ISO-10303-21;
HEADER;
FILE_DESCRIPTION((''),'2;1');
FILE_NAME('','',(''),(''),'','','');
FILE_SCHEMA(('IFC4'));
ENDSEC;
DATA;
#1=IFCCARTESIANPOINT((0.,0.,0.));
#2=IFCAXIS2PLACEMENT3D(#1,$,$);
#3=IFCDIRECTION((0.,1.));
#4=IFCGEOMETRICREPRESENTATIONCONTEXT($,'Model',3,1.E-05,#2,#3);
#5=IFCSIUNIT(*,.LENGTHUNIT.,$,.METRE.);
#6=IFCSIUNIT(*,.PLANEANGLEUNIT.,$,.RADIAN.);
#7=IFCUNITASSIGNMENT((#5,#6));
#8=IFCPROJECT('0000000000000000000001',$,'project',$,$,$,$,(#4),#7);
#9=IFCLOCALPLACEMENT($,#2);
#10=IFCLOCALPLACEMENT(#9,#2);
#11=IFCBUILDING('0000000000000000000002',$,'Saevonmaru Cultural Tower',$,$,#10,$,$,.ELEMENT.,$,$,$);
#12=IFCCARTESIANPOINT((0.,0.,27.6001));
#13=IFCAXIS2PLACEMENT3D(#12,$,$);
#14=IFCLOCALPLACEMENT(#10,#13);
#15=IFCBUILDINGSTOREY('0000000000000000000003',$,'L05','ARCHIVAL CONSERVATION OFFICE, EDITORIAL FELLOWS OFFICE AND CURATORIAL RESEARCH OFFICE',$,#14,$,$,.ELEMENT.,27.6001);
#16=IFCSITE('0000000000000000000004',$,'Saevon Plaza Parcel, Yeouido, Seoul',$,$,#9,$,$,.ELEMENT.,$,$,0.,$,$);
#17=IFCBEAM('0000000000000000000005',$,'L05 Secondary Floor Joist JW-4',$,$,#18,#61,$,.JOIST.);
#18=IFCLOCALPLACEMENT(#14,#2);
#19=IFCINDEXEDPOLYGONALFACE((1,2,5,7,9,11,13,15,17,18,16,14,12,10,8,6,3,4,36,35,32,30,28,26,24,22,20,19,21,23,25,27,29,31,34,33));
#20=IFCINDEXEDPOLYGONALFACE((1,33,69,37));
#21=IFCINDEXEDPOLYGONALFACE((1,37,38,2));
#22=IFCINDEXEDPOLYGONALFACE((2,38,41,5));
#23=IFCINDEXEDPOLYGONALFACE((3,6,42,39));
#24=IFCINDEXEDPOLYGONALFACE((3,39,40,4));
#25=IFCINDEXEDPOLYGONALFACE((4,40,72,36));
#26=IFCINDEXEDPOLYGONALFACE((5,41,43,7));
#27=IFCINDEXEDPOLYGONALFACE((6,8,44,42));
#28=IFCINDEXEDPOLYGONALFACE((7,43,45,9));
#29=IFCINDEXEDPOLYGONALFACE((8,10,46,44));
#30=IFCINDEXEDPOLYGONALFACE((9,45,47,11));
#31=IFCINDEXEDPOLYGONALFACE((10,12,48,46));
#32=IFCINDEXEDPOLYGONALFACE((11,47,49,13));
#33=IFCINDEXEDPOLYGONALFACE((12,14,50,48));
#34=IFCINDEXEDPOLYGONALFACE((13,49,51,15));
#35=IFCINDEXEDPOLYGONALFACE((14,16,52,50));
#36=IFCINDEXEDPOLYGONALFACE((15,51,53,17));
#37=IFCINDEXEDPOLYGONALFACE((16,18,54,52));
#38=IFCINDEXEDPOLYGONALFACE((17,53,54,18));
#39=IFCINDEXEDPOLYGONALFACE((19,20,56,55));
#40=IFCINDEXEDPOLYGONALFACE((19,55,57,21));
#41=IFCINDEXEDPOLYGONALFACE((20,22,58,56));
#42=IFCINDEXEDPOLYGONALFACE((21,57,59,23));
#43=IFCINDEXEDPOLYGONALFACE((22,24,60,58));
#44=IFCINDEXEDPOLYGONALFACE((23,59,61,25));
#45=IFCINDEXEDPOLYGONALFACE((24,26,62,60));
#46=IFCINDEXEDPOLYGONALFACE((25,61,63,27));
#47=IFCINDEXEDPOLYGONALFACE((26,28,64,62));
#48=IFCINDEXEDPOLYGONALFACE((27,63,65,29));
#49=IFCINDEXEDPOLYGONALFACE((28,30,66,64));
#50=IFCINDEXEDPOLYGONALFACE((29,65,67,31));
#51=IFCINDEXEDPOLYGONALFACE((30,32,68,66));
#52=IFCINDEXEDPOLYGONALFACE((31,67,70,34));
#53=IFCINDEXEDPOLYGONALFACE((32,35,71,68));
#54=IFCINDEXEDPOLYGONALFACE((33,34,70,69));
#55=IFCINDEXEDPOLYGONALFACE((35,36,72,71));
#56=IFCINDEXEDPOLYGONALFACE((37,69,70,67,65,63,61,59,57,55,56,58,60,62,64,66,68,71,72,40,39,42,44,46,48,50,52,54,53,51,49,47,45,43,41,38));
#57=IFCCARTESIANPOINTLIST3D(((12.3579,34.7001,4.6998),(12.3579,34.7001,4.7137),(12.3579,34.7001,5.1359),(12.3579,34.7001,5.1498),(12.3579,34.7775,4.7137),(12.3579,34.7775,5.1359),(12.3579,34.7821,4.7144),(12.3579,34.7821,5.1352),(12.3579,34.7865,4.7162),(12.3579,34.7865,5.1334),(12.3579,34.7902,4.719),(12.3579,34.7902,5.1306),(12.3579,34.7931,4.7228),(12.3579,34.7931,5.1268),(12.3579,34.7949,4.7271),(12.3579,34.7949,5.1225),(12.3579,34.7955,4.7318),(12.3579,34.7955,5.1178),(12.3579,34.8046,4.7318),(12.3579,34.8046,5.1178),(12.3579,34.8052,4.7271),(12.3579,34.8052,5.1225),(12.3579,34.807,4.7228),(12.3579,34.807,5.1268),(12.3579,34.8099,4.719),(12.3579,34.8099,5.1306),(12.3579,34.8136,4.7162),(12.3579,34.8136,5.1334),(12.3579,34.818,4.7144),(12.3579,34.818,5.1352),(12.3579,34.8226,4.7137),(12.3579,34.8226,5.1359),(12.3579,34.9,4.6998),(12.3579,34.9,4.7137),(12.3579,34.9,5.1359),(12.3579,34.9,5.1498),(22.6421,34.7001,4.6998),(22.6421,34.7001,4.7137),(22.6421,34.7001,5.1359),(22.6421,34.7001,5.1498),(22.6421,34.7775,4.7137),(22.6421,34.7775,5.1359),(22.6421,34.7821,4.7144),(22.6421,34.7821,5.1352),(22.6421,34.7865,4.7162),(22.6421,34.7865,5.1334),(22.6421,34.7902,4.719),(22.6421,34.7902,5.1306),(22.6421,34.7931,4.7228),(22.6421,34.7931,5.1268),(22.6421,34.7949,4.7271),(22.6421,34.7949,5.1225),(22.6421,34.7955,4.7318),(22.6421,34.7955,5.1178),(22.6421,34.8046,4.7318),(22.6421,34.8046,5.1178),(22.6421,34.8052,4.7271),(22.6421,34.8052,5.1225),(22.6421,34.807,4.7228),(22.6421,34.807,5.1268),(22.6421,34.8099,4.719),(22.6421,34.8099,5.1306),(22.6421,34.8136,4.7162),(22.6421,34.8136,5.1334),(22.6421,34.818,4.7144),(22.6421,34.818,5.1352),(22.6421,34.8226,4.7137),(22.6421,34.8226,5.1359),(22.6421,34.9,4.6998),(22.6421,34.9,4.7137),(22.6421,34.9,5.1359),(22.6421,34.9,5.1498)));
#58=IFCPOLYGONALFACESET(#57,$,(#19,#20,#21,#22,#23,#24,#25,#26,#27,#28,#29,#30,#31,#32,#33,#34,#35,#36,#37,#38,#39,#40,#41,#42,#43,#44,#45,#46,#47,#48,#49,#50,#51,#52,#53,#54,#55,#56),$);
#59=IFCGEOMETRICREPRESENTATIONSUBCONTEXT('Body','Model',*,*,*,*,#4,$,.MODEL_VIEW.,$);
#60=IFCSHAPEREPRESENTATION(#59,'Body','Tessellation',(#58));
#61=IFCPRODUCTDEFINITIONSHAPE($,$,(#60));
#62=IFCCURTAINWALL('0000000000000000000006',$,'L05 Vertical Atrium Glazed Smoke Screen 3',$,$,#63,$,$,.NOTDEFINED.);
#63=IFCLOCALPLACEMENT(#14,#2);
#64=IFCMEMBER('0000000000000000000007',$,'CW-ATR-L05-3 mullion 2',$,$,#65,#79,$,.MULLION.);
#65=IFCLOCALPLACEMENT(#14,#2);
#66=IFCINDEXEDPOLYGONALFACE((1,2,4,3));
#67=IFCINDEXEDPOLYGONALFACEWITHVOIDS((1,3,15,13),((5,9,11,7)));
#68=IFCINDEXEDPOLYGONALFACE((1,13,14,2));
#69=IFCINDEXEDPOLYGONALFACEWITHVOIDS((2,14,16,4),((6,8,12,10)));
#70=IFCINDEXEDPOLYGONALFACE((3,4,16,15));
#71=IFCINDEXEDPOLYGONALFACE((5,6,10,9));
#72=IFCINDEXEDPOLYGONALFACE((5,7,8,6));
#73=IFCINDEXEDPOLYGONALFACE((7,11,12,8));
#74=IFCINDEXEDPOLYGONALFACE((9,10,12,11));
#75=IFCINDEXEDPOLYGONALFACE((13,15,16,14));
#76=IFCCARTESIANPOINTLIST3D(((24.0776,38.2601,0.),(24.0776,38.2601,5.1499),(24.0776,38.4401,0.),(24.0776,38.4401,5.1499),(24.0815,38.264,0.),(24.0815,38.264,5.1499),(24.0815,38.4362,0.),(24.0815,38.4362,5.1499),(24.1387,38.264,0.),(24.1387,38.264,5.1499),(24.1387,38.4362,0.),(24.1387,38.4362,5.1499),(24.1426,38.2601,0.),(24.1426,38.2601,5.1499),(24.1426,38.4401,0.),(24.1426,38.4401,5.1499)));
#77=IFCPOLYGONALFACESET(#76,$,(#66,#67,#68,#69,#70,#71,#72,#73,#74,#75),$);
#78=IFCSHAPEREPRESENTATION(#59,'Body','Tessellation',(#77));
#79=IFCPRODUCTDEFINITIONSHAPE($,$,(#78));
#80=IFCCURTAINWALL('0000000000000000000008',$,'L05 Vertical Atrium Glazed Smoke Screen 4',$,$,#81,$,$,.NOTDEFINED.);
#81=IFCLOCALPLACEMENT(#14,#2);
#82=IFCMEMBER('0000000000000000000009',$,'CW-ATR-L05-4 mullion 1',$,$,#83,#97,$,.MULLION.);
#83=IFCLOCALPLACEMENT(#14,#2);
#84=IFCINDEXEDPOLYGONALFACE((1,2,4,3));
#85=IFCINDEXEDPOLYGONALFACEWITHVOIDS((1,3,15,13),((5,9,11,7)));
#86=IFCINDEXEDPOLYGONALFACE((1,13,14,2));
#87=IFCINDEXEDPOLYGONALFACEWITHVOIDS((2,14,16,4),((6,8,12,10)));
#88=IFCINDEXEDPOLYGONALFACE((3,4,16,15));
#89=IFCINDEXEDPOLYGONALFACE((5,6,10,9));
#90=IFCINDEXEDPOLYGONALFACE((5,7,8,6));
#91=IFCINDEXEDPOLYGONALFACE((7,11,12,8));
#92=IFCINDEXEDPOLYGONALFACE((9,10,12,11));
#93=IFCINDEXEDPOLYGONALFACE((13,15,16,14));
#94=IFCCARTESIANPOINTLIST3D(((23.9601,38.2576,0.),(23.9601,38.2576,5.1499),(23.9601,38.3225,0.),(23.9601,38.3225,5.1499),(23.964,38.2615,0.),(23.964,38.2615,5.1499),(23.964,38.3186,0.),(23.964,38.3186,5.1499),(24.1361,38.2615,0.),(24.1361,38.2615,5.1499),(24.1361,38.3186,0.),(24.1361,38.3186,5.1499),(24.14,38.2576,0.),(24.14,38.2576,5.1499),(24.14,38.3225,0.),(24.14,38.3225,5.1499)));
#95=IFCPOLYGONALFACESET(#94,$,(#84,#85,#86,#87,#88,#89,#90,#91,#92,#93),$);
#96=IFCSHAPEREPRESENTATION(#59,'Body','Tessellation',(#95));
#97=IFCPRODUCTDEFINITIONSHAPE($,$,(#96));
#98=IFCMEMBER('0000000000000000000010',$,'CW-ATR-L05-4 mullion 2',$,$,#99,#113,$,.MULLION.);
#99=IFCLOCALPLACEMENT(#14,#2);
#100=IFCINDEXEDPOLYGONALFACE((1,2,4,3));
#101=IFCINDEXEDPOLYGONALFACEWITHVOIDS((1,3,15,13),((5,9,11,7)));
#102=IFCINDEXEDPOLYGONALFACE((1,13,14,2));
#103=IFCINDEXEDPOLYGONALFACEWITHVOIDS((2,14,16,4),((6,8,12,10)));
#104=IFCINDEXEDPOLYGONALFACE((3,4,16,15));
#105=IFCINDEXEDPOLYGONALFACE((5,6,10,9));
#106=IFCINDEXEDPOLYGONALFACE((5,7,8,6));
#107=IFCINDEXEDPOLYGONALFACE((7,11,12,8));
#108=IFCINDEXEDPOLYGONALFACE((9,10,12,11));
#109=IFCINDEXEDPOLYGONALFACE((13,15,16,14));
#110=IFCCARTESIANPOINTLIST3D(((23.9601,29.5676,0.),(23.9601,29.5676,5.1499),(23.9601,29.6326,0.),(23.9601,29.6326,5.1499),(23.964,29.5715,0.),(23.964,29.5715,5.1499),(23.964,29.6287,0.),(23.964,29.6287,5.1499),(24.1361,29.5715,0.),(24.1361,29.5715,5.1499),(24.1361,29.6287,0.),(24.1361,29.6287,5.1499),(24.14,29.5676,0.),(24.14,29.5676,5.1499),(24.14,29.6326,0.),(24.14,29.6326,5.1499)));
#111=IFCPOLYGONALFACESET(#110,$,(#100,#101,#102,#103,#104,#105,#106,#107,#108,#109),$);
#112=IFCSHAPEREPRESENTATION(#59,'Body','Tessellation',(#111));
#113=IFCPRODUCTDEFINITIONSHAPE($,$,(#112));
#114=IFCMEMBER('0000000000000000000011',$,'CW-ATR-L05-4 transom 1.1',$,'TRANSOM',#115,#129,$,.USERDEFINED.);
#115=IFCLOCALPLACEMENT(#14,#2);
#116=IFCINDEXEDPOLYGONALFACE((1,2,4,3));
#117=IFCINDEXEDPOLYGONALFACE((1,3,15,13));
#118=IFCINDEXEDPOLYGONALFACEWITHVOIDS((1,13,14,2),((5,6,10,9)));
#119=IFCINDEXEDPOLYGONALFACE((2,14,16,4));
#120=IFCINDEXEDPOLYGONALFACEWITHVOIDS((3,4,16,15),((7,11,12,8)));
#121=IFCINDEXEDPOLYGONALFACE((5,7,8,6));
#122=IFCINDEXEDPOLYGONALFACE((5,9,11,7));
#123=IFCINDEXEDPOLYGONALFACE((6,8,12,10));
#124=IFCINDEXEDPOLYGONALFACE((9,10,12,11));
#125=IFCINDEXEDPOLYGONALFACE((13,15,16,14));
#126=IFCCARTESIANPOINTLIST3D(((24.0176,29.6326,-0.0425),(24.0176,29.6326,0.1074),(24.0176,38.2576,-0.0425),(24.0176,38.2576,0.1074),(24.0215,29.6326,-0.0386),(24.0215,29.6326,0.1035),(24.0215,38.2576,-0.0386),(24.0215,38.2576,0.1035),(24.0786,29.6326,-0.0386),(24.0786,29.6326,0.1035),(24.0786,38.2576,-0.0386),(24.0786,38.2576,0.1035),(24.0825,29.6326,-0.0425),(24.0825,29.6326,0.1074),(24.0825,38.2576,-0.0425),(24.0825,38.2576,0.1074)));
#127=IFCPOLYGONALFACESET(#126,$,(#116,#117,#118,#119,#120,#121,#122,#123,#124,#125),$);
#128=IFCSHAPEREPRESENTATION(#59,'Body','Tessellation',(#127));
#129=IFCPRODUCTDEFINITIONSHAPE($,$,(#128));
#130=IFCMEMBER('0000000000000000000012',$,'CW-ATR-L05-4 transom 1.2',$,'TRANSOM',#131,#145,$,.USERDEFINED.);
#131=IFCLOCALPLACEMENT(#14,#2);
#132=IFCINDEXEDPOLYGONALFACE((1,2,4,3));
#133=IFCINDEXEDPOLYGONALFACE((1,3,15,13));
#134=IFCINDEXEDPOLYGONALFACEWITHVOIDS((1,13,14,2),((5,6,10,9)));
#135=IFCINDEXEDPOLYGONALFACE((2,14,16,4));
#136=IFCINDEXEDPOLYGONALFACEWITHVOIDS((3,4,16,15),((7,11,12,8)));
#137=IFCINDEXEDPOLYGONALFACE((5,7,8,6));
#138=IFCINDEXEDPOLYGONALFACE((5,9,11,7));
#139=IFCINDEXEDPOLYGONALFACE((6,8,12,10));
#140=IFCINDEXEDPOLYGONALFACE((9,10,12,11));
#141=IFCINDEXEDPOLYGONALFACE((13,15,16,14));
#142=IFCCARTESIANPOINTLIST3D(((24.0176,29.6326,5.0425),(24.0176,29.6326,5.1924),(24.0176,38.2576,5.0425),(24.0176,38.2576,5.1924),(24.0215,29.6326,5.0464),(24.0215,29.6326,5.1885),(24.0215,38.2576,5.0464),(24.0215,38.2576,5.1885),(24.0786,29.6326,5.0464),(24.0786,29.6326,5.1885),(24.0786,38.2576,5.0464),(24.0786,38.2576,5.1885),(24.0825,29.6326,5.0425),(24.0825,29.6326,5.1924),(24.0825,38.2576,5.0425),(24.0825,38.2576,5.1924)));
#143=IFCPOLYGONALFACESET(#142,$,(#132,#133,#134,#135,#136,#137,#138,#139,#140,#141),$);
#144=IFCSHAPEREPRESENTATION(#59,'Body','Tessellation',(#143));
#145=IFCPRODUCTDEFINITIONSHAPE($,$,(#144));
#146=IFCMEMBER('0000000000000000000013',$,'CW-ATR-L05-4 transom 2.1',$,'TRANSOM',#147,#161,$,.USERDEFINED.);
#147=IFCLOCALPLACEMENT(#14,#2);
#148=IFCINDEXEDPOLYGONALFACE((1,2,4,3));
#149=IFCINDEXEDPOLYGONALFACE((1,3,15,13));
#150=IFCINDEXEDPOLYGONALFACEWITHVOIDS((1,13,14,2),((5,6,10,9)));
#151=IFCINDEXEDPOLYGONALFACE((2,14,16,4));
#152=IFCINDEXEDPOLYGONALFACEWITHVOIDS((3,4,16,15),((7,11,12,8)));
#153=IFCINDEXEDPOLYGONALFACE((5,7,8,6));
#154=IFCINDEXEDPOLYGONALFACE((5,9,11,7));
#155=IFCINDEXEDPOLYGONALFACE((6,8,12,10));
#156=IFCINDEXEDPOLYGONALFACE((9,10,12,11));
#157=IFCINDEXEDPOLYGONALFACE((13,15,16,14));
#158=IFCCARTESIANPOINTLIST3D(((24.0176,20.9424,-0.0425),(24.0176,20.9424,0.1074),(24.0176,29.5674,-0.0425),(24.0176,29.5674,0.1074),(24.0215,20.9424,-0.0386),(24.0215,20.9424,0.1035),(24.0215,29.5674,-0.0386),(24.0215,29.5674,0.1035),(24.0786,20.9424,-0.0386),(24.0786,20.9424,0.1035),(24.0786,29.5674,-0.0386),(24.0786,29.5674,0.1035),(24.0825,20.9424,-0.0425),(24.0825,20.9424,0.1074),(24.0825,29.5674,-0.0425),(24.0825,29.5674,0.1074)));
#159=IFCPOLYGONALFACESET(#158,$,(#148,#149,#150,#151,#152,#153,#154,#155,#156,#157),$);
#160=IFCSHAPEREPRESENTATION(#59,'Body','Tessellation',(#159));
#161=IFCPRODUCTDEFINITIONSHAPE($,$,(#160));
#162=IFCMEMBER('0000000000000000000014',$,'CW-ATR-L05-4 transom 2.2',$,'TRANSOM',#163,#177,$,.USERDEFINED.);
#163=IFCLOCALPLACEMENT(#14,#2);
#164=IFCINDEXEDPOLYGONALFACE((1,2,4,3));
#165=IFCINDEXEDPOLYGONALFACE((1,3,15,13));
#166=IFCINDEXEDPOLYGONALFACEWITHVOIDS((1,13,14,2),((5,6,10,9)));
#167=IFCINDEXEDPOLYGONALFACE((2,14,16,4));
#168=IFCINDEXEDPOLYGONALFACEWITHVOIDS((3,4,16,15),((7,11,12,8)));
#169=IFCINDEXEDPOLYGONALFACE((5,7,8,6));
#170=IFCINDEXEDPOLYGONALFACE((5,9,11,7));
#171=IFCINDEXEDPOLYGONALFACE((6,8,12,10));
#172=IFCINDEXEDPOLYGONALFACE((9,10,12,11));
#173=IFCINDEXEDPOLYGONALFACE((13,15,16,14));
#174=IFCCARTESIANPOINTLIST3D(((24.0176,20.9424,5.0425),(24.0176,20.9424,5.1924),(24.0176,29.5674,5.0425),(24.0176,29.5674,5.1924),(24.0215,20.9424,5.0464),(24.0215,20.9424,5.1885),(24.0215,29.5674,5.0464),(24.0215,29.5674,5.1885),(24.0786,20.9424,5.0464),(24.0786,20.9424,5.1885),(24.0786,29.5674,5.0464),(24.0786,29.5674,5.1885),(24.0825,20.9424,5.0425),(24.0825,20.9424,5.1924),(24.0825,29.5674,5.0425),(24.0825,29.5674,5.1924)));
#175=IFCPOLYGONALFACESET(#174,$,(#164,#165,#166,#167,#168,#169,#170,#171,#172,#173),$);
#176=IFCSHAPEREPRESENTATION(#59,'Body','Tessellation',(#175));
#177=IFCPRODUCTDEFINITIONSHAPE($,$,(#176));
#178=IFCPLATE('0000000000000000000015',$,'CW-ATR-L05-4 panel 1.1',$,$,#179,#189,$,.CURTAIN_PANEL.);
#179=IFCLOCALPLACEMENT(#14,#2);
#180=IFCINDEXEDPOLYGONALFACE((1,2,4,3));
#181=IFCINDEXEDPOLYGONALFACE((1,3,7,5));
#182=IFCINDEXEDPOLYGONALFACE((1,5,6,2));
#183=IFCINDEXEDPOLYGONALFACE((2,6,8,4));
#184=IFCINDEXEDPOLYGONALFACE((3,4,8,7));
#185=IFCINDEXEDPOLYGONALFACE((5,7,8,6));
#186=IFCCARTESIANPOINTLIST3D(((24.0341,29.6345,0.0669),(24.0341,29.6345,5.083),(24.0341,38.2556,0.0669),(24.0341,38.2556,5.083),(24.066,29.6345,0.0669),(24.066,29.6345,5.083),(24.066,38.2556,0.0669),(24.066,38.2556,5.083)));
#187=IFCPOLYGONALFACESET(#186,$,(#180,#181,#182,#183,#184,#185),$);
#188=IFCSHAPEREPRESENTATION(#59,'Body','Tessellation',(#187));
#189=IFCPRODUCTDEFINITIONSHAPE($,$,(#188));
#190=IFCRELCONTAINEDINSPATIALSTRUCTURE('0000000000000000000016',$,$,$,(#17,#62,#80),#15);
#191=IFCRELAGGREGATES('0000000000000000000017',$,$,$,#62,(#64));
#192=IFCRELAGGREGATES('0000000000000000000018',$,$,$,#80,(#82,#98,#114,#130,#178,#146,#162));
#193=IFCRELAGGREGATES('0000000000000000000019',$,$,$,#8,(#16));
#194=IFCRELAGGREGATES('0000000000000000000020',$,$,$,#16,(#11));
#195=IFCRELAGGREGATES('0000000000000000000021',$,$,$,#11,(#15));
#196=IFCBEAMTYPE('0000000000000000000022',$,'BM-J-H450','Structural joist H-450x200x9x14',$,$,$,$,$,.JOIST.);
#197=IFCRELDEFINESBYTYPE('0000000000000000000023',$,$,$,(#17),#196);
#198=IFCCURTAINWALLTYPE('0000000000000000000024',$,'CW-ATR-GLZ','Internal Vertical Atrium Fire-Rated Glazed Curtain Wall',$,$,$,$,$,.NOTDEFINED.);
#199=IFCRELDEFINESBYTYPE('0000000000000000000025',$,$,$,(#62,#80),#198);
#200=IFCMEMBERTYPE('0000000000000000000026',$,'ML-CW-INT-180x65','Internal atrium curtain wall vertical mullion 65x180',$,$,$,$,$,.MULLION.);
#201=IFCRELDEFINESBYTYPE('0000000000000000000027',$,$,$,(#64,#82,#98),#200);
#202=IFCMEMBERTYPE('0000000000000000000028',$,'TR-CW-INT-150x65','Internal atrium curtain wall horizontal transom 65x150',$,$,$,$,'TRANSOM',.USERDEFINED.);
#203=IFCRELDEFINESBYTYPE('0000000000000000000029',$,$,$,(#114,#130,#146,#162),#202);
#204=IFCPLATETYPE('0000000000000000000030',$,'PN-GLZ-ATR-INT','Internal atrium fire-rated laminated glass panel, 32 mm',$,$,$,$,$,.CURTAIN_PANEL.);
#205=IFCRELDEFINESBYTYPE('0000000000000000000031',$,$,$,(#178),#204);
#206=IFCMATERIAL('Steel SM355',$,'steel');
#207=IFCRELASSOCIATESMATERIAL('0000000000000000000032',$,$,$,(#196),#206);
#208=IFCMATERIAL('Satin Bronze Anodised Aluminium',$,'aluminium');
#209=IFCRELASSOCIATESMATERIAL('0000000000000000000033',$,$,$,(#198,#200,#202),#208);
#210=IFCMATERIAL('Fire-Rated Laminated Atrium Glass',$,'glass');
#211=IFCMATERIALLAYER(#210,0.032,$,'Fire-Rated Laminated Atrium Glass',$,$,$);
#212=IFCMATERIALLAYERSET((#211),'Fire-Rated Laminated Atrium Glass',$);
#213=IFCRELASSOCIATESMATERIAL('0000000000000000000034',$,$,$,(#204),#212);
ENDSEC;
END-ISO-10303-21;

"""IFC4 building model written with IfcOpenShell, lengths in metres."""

from ifc_helpers import new_model, si_unit, direction, frame, origin, origin_2d, place, context, subcontext, project, spatial, rectangle, hollow_rectangle, i_section, extrude, material, layer, layer_set, material_profile, profile_set, type_object, element, aggregate, save


model = new_model("IFC4")

# Units and contexts
model_context = context("Model", 3, precision=1e-05, world=origin(), true_north=direction((0.0, 1.0)))
body_context = subcontext(model_context, "Body", "Model", "MODEL_VIEW")
ifc_project = project(units=[si_unit("LENGTHUNIT", "METRE"), si_unit("PLANEANGLEUNIT", "RADIAN")], contexts=[model_context])

# Site, building, storey
site_placement = place(None, origin())
site = spatial("IfcSite", under=ifc_project, at=site_placement, Name="Saevon Plaza Parcel, Yeouido, Seoul", CompositionType="ELEMENT", RefElevation=0.0)
building_placement = place(site_placement, origin())
building = spatial("IfcBuilding", under=site, at=building_placement, Name="Saevonmaru Cultural Tower", CompositionType="ELEMENT")
storey_placement = place(building_placement, frame((0.0, 0.0, 27.6001)))
storey = spatial("IfcBuildingStorey", under=building, at=storey_placement, Name="L05", Description="ARCHIVAL CONSERVATION OFFICE, EDITORIAL FELLOWS OFFICE AND CURATORIAL RESEARCH OFFICE", CompositionType="ELEMENT", Elevation=27.6001)

# Beam
ifc_material_1 = material(Name="Steel SM355", Category="steel")
ifc_material_profile_1 = material_profile(ifc_material_1, i_section(OverallWidth=0.2, OverallDepth=0.45, WebThickness=0.009, FlangeThickness=0.0139, FilletRadius=0.0181, at=origin_2d()), Name="H-450x200x9x14")
ifc_profile_set_1 = profile_set([ifc_material_profile_1], Name="Steel SM355")
beam_type_1 = type_object("IfcBeamType", Name="BM-J-H450", Description="Structural joist H-450x200x9x14", PredefinedType="JOIST", material=ifc_profile_set_1)
beam_1_placement = place(storey_placement, frame((12.3579, 34.8, 4.9248), z_axis=(1.0, 0.0, 0.0), x_axis=(0.0, 1.0, 0.0)))
element("IfcBeam", 1, at=beam_1_placement, inside=storey, type_object=beam_type_1, Name="L05 Secondary Floor Joist JW-4", PredefinedType="JOIST", context=body_context, shape_type="SweptSolid", body=[
    extrude(i_section(OverallWidth=0.2, OverallDepth=0.45, WebThickness=0.009, FlangeThickness=0.0139, FilletRadius=0.0181, at=origin_2d()), origin(), (0.0, 0.0, 1.0), 10.2842),
])

# Curtain wall, member
ifc_material_2 = material(Name="Satin Bronze Anodised Aluminium", Category="aluminium")
curtain_wall_type = type_object("IfcCurtainWallType", Name="CW-ATR-GLZ", Description="Internal Vertical Atrium Fire-Rated Glazed Curtain Wall", PredefinedType="NOTDEFINED", material=ifc_material_2)
curtain_wall_1_placement = place(storey_placement, origin())
curtain_wall_1 = element("IfcCurtainWall", 2, at=curtain_wall_1_placement, inside=storey, type_object=curtain_wall_type, Name="L05 Vertical Atrium Glazed Smoke Screen 3", PredefinedType="NOTDEFINED")
ifc_material_profile_2 = material_profile(ifc_material_2, hollow_rectangle(XDim=0.0649, YDim=0.1799, WallThickness=0.0039, at=origin_2d()), Name="ALU-MULL-180x65x4")
ifc_profile_set_2 = profile_set([ifc_material_profile_2], Name="Satin Bronze Anodised Aluminium")
member_type_1 = type_object("IfcMemberType", Name="ML-CW-INT-180x65", Description="Internal atrium curtain wall vertical mullion 65x180", PredefinedType="MULLION", material=ifc_profile_set_2)
member_1_placement = place(storey_placement, frame((24.1101, 38.3501, 0.0), z_axis=(0.0, 0.0, 1.0), x_axis=(-1.0, 0.0, 0.0)))
member_1 = element("IfcMember", 3, at=member_1_placement, type_object=member_type_1, Name="CW-ATR-L05-3 mullion 2", PredefinedType="MULLION", context=body_context, shape_type="SweptSolid", body=[
    extrude(hollow_rectangle(XDim=0.0649, YDim=0.1799, WallThickness=0.0039, at=origin_2d()), origin(), (0.0, 0.0, 1.0), 5.1499),
])
aggregate(curtain_wall_1, [member_1])

# Curtain wall, members, plate
curtain_wall_2_placement = place(storey_placement, origin())
curtain_wall_2 = element("IfcCurtainWall", 4, at=curtain_wall_2_placement, inside=storey, type_object=curtain_wall_type, Name="L05 Vertical Atrium Glazed Smoke Screen 4", PredefinedType="NOTDEFINED")
member_2_placement = place(storey_placement, frame((24.05, 38.29, 0.0), z_axis=(0.0, 0.0, 1.0), x_axis=(0.0, -1.0, 0.0)))
member_2 = element("IfcMember", 5, at=member_2_placement, type_object=member_type_1, Name="CW-ATR-L05-4 mullion 1", PredefinedType="MULLION", context=body_context, shape_type="SweptSolid", body=[
    extrude(hollow_rectangle(XDim=0.0649, YDim=0.1799, WallThickness=0.0039, at=origin_2d()), origin(), (0.0, 0.0, 1.0), 5.1499),
])
member_3_placement = place(storey_placement, frame((24.05, 29.6001, 0.0), z_axis=(0.0, 0.0, 1.0), x_axis=(0.0, -1.0, 0.0)))
member_3 = element("IfcMember", 6, at=member_3_placement, type_object=member_type_1, Name="CW-ATR-L05-4 mullion 2", PredefinedType="MULLION", context=body_context, shape_type="SweptSolid", body=[
    extrude(hollow_rectangle(XDim=0.0649, YDim=0.1799, WallThickness=0.0039, at=origin_2d()), origin(), (0.0, 0.0, 1.0), 5.1499),
])
ifc_material_profile_3 = material_profile(ifc_material_2, hollow_rectangle(XDim=0.0649, YDim=0.1499, WallThickness=0.0039, at=origin_2d()), Name="ALU-TRAN-150x65x4")
ifc_profile_set_3 = profile_set([ifc_material_profile_3], Name="Satin Bronze Anodised Aluminium")
member_type_2 = type_object("IfcMemberType", Name="TR-CW-INT-150x65", Description="Internal atrium curtain wall horizontal transom 65x150", ElementType="TRANSOM", PredefinedType="USERDEFINED", material=ifc_profile_set_3)
member_4_placement = place(storey_placement, frame((24.05, 38.2576, 0.0325), z_axis=(0.0, -1.0, 0.0), x_axis=(1.0, 0.0, 0.0)))
member_4 = element("IfcMember", 7, at=member_4_placement, type_object=member_type_2, Name="CW-ATR-L05-4 transom 1.1", ObjectType="TRANSOM", PredefinedType="USERDEFINED", context=body_context, shape_type="SweptSolid", body=[
    extrude(hollow_rectangle(XDim=0.0649, YDim=0.1499, WallThickness=0.0039, at=origin_2d()), origin(), (0.0, 0.0, 1.0), 8.625),
])
member_5_placement = place(storey_placement, frame((24.05, 38.2576, 5.1174), z_axis=(0.0, -1.0, 0.0), x_axis=(1.0, 0.0, 0.0)))
member_5 = element("IfcMember", 8, at=member_5_placement, type_object=member_type_2, Name="CW-ATR-L05-4 transom 1.2", ObjectType="TRANSOM", PredefinedType="USERDEFINED", context=body_context, shape_type="SweptSolid", body=[
    extrude(hollow_rectangle(XDim=0.0649, YDim=0.1499, WallThickness=0.0039, at=origin_2d()), origin(), (0.0, 0.0, 1.0), 8.625),
])
member_6_placement = place(storey_placement, frame((24.05, 29.5674, 0.0325), z_axis=(0.0, -1.0, 0.0), x_axis=(1.0, 0.0, 0.0)))
member_6 = element("IfcMember", 9, at=member_6_placement, type_object=member_type_2, Name="CW-ATR-L05-4 transom 2.1", ObjectType="TRANSOM", PredefinedType="USERDEFINED", context=body_context, shape_type="SweptSolid", body=[
    extrude(hollow_rectangle(XDim=0.0649, YDim=0.1499, WallThickness=0.0039, at=origin_2d()), origin(), (0.0, 0.0, 1.0), 8.625),
])
member_7_placement = place(storey_placement, frame((24.05, 29.5674, 5.1174), z_axis=(0.0, -1.0, 0.0), x_axis=(1.0, 0.0, 0.0)))
member_7 = element("IfcMember", 10, at=member_7_placement, type_object=member_type_2, Name="CW-ATR-L05-4 transom 2.2", ObjectType="TRANSOM", PredefinedType="USERDEFINED", context=body_context, shape_type="SweptSolid", body=[
    extrude(hollow_rectangle(XDim=0.0649, YDim=0.1499, WallThickness=0.0039, at=origin_2d()), origin(), (0.0, 0.0, 1.0), 8.625),
])
ifc_material_3 = material(Name="Fire-Rated Laminated Atrium Glass", Category="glass")
ifc_layer_1 = layer(ifc_material_3, 0.032, Name="Fire-Rated Laminated Atrium Glass")
ifc_layer_set_1 = layer_set([ifc_layer_1], Name="Fire-Rated Laminated Atrium Glass")
plate_type = type_object("IfcPlateType", Name="PN-GLZ-ATR-INT", Description="Internal atrium fire-rated laminated glass panel, 32 mm", PredefinedType="CURTAIN_PANEL", material=ifc_layer_set_1)
plate_placement = place(storey_placement, frame((24.05, 33.9451, 0.0669), z_axis=(0.0, 0.0, 1.0), x_axis=(0.0, -1.0, 0.0)))
plate = element("IfcPlate", 11, at=plate_placement, type_object=plate_type, Name="CW-ATR-L05-4 panel 1.1", PredefinedType="CURTAIN_PANEL", context=body_context, shape_type="SweptSolid", body=[
    extrude(rectangle(XDim=8.6211, YDim=0.032, at=origin_2d()), origin(), (0.0, 0.0, 1.0), 5.0161),
])
aggregate(curtain_wall_2, [member_2, member_3, member_4, member_5, plate, member_6, member_7])

save(model, "model.ifc")
